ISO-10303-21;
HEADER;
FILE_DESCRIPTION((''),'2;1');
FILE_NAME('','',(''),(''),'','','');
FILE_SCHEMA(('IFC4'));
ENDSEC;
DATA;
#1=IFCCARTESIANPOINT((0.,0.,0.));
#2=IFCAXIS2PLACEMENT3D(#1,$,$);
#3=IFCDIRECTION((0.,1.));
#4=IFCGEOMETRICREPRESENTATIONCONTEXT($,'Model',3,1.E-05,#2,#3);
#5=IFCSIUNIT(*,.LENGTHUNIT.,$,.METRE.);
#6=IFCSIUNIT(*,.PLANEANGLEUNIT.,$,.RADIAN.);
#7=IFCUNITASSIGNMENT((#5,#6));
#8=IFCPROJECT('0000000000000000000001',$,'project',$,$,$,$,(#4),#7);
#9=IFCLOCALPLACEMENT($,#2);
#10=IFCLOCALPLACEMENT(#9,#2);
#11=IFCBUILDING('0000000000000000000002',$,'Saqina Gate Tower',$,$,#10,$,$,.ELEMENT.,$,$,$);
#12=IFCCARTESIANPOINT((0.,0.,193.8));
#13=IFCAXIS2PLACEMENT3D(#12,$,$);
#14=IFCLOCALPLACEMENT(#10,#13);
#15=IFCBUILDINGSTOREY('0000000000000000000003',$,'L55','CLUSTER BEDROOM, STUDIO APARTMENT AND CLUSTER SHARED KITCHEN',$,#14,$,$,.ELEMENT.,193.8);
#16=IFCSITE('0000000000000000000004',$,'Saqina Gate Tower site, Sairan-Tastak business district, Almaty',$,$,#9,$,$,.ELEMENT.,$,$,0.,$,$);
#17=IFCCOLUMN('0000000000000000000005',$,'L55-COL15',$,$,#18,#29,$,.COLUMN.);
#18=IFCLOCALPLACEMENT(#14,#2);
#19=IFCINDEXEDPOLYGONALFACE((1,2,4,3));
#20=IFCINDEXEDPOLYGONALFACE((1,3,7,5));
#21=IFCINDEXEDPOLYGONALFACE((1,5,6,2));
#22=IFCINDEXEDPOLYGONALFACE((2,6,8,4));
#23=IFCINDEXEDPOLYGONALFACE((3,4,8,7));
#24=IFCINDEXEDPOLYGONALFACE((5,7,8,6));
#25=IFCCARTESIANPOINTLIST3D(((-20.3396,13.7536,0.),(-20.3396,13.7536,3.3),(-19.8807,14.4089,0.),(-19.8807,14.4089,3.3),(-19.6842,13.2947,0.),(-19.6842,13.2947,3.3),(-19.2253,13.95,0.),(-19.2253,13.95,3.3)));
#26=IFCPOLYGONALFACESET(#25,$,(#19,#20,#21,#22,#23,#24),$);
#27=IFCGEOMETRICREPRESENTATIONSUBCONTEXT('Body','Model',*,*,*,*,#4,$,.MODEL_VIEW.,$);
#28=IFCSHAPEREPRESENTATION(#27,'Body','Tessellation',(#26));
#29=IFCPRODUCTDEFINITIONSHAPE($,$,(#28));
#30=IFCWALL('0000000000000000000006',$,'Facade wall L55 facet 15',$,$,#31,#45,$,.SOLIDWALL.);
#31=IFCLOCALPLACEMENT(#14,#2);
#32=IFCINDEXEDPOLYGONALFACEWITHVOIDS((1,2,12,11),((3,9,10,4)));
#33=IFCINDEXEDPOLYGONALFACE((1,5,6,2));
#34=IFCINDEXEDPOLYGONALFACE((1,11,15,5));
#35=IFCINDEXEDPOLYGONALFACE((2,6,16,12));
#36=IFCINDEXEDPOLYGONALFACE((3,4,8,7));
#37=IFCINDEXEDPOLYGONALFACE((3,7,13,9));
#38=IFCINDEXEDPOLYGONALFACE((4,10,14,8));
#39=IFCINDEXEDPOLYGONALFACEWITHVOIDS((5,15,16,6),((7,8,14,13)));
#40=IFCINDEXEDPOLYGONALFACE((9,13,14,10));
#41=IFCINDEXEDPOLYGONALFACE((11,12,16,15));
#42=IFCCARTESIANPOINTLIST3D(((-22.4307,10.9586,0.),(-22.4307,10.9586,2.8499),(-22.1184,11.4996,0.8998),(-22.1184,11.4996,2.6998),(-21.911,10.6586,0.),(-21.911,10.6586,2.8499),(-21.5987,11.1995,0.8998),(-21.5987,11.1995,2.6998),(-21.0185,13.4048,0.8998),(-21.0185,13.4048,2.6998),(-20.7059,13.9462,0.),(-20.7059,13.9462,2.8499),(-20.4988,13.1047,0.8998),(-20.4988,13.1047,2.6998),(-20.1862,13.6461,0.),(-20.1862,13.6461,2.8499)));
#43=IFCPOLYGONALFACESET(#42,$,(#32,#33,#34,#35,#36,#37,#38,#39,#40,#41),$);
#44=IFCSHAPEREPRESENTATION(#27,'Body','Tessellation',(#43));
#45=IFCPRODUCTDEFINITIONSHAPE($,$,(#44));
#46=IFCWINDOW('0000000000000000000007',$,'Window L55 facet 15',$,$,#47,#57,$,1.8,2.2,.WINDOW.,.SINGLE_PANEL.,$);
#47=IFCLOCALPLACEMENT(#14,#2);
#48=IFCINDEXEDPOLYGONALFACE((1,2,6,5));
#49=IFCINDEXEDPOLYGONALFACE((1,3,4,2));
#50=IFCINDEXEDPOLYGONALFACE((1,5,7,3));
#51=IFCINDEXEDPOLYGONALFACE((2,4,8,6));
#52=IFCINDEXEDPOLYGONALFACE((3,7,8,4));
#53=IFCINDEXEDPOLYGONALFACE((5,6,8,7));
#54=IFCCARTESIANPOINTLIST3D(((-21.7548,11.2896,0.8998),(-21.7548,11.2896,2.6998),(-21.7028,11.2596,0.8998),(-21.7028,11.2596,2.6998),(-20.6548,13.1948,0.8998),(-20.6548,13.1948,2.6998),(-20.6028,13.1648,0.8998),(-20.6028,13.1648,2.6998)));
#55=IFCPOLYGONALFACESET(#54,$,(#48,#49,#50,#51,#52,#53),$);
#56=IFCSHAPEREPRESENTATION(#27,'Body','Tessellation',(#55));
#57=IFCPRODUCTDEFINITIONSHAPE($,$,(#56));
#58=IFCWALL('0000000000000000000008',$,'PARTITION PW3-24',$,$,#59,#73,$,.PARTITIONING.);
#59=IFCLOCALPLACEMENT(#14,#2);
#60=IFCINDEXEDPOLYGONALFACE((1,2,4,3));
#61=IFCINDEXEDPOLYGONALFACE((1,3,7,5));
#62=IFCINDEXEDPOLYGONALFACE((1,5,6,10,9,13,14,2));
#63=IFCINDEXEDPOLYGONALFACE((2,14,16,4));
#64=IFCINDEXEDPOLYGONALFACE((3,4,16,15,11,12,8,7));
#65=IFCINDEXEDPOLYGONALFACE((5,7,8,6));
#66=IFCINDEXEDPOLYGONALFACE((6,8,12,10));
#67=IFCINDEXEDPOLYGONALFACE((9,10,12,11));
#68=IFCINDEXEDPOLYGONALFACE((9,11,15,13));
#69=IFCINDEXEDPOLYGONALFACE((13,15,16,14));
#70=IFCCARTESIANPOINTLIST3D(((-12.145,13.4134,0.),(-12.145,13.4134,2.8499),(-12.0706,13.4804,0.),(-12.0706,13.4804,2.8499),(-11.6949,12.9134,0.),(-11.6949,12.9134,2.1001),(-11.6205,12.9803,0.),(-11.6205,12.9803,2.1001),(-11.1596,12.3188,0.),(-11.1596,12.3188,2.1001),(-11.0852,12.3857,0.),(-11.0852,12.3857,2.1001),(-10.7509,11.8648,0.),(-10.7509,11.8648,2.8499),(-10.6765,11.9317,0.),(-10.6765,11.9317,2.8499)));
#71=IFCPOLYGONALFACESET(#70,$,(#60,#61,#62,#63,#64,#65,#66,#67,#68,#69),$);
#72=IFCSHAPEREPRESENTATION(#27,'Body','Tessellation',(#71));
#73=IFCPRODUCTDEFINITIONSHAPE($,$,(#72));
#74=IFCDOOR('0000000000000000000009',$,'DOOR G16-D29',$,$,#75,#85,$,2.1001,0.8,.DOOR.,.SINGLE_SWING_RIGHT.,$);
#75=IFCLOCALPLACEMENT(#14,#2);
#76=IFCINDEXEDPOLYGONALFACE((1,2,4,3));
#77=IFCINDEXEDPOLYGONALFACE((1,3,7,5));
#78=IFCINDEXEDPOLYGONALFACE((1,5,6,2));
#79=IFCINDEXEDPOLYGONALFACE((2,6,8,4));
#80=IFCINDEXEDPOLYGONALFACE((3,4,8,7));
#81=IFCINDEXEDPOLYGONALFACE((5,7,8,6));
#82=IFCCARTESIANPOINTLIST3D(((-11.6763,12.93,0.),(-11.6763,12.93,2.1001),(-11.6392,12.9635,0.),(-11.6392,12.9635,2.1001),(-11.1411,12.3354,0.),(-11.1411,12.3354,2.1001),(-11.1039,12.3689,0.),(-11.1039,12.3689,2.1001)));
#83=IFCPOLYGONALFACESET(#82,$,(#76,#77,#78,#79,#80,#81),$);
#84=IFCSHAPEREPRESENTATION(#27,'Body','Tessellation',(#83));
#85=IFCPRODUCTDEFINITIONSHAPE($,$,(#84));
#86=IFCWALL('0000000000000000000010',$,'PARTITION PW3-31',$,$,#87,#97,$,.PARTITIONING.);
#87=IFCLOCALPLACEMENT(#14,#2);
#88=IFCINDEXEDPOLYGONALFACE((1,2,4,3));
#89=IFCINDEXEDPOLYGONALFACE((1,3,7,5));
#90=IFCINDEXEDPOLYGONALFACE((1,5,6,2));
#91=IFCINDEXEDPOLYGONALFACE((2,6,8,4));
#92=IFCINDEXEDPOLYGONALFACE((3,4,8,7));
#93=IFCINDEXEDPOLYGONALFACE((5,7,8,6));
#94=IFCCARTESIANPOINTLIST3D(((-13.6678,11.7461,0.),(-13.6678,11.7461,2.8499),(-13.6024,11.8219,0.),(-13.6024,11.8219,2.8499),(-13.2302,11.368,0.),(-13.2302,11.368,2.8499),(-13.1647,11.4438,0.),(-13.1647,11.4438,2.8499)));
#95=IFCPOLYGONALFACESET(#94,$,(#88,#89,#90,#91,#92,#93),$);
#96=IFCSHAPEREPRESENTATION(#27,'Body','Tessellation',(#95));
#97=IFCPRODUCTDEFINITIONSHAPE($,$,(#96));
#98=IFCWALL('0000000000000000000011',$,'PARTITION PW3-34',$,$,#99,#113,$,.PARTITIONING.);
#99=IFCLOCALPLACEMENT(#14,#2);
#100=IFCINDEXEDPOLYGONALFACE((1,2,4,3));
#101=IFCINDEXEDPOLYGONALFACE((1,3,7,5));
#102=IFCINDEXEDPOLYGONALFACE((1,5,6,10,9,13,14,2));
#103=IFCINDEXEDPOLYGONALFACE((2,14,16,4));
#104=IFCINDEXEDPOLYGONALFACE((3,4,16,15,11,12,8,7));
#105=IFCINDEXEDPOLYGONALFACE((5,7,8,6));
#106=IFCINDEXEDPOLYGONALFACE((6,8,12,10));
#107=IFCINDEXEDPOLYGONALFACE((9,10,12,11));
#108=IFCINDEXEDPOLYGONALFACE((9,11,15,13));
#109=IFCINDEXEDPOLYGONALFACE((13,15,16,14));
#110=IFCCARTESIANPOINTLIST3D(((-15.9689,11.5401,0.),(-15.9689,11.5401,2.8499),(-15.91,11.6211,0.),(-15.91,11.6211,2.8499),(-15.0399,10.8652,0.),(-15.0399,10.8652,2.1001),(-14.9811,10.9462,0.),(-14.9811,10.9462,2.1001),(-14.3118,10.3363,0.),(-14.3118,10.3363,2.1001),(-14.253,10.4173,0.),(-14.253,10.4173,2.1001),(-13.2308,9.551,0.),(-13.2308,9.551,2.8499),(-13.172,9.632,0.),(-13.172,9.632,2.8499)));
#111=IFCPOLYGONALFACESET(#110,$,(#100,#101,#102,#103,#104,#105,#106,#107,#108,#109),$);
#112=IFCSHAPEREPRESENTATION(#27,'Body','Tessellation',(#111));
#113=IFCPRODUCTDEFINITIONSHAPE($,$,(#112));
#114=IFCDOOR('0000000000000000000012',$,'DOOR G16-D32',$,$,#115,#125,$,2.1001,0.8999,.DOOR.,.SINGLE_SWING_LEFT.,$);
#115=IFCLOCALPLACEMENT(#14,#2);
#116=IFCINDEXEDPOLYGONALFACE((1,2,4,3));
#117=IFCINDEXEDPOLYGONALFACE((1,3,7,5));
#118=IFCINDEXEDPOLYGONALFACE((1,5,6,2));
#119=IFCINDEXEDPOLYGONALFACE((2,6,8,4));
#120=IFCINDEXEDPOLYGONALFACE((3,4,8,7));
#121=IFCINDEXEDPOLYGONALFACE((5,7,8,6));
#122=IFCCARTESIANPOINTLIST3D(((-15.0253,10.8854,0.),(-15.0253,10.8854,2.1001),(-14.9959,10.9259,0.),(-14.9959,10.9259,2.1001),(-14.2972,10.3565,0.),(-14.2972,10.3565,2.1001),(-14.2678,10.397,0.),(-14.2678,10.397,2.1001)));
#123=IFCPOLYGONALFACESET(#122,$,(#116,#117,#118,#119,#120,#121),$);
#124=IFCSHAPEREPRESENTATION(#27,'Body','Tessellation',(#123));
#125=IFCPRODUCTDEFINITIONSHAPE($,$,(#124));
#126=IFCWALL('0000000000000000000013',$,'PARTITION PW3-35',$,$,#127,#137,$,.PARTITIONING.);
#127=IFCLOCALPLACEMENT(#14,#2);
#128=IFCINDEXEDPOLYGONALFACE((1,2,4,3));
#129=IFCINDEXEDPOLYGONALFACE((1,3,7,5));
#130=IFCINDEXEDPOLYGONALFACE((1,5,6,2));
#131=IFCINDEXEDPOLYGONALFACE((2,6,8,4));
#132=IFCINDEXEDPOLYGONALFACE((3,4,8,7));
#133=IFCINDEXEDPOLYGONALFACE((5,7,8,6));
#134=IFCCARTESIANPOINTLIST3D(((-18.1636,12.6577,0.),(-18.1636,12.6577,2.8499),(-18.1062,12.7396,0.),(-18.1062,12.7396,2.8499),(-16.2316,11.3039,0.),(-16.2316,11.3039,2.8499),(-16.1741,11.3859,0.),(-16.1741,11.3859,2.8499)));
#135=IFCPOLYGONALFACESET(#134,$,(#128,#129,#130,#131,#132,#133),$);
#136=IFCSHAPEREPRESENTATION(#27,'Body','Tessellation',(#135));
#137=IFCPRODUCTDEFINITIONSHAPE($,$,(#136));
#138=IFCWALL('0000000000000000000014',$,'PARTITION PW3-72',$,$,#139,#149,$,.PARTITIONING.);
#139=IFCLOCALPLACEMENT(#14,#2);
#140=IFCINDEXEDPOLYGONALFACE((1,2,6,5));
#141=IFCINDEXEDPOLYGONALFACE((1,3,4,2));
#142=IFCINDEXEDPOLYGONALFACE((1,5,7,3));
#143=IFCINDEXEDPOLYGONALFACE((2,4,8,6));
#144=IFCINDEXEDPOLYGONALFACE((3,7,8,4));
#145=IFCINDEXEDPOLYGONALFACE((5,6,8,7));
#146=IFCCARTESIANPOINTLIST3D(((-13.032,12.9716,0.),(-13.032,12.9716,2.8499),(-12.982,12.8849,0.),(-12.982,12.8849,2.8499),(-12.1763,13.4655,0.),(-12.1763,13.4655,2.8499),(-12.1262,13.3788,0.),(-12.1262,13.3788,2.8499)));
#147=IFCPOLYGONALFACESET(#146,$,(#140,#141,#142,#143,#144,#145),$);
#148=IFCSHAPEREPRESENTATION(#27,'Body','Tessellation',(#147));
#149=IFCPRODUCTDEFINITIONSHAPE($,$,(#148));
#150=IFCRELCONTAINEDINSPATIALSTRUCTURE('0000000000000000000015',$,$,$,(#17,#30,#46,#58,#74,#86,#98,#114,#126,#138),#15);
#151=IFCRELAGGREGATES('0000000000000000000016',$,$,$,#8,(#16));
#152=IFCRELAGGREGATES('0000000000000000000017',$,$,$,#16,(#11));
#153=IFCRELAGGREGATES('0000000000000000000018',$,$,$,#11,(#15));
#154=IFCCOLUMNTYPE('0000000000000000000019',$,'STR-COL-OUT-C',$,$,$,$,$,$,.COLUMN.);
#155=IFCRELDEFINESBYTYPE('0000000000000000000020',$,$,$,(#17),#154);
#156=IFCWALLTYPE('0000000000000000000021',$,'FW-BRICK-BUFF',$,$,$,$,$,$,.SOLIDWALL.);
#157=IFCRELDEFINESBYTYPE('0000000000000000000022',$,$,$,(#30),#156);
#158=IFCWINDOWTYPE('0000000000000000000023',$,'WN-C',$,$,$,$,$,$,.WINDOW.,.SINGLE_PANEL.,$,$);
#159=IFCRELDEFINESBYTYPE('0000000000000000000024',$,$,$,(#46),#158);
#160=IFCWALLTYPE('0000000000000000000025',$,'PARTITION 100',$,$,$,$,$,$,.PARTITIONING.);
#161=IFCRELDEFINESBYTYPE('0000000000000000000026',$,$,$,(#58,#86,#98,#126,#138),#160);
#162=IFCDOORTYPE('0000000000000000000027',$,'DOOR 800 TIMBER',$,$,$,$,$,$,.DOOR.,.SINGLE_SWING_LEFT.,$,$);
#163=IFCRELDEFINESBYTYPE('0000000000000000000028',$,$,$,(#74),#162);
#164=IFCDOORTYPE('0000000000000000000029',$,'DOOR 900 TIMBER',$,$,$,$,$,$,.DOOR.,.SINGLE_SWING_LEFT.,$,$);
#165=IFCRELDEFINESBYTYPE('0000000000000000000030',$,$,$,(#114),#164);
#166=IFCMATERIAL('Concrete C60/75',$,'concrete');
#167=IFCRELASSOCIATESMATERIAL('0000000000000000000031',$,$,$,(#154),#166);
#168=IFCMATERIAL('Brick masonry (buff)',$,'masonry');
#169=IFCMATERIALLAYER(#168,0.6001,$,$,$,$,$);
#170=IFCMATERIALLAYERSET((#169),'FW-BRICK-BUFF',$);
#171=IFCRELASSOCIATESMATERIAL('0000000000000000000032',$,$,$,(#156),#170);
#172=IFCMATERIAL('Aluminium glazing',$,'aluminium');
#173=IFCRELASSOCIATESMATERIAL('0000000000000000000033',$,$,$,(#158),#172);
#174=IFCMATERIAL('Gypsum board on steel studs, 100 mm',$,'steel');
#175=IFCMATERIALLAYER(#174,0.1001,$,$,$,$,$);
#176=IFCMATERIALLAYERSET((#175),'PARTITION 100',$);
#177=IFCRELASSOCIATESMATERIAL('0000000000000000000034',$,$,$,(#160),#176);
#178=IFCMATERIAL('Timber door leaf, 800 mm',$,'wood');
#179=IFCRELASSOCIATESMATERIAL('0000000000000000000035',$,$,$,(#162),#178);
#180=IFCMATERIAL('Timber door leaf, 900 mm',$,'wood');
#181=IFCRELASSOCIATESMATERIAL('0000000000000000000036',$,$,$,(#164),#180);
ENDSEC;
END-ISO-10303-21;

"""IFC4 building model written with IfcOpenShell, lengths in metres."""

from ifc_helpers import new_model, si_unit, direction, frame, frame_2d, origin, origin_2d, place, context, subcontext, project, spatial, rectangle, extrude, material, layer, layer_set, material_profile, profile_set, type_object, element, fill, save


model = new_model("IFC4")

# Units and contexts
model_context = context("Model", 3, precision=1e-05, world=origin(), true_north=direction((0.0, 1.0)))
body_context = subcontext(model_context, "Body", "Model", "MODEL_VIEW")
ifc_project = project(units=[si_unit("LENGTHUNIT", "METRE"), si_unit("PLANEANGLEUNIT", "RADIAN")], contexts=[model_context])

# Site, building, storey
site_placement = place(None, origin())
site = spatial("IfcSite", under=ifc_project, at=site_placement, Name="Saqina Gate Tower site, Sairan-Tastak business district, Almaty", CompositionType="ELEMENT", RefElevation=0.0)
building_placement = place(site_placement, origin())
building = spatial("IfcBuilding", under=site, at=building_placement, Name="Saqina Gate Tower", CompositionType="ELEMENT")
storey_placement = place(building_placement, frame((0.0, 0.0, 193.8)))
storey = spatial("IfcBuildingStorey", under=building, at=storey_placement, Name="L55", Description="CLUSTER BEDROOM, STUDIO APARTMENT AND CLUSTER SHARED KITCHEN", CompositionType="ELEMENT", Elevation=193.8)

# Column
ifc_material_1 = material(Name="Concrete C60/75", Category="concrete")
ifc_material_profile = material_profile(ifc_material_1, rectangle(XDim=0.8, YDim=0.8, at=origin_2d()), Name="RC 800x800")
ifc_profile_set = profile_set([ifc_material_profile], Name="Concrete C60/75")
column_type = type_object("IfcColumnType", Name="STR-COL-OUT-C", PredefinedType="COLUMN", material=ifc_profile_set)
column_placement = place(storey_placement, frame((-19.7825, 13.8518, 0.0), z_axis=(0.0, 0.0, 1.0), x_axis=(-0.819152, 0.573576, 0.0)))
element("IfcColumn", 1, at=column_placement, inside=storey, type_object=column_type, Name="L55-COL15", PredefinedType="COLUMN", context=body_context, shape_type="SweptSolid", body=[
    extrude(rectangle(XDim=0.8, YDim=0.8, at=origin_2d()), origin(), (0.0, 0.0, 1.0), 3.3),
])

# Wall, opening, window
ifc_material_2 = material(Name="Brick masonry (buff)", Category="masonry")
ifc_layer_1 = layer(ifc_material_2, 0.6001)
ifc_layer_set_1 = layer_set([ifc_layer_1], Name="FW-BRICK-BUFF")
wall_type_1 = type_object("IfcWallType", Name="FW-BRICK-BUFF", PredefinedType="SOLIDWALL", material=ifc_layer_set_1)
wall_1_placement = place(storey_placement, frame((-20.446, 13.7961, 0.0), z_axis=(0.0, 0.0, 1.0), x_axis=(-0.499998, -0.866026, 0.0)))
wall_1 = element("IfcWall", 2, at=wall_1_placement, inside=storey, type_object=wall_type_1, Name="Facade wall L55 facet 15", PredefinedType="SOLIDWALL", context=body_context, shape_type="SweptSolid", body=[
    extrude(rectangle(XDim=3.4497, YDim=0.6001, at=frame_2d((1.7249, 0.0))), origin(), (0.0, 0.0, 1.0), 2.8499),
])
opening_1_placement = place(wall_1_placement, frame((0.625, 0.0, 0.8999)))
opening_1 = element("IfcOpeningElement", 3, at=opening_1_placement, cuts=wall_1, PredefinedType="OPENING", context=body_context, shape_type="SweptSolid", body=[
    extrude(rectangle(XDim=2.2, YDim=1.8, at=frame_2d((1.1001, 0.8999))), frame((0.0, 0.312, 0.0), z_axis=(0.0, -1.0, 0.0), x_axis=(1.0, 0.0, 0.0)), (0.0, 0.0, 1.0), 0.624),
])
ifc_material_3 = material(Name="Aluminium glazing", Category="aluminium")
window_type = type_object("IfcWindowType", Name="WN-C", PartitioningType="SINGLE_PANEL", PredefinedType="WINDOW", material=ifc_material_3)
window_placement = place(opening_1_placement, origin())
window = element("IfcWindow", 4, at=window_placement, inside=storey, type_object=window_type, Name="Window L55 facet 15", OverallHeight=1.8, OverallWidth=2.2, PartitioningType="SINGLE_PANEL", PredefinedType="WINDOW", context=body_context, shape_type="SweptSolid", body=[
    extrude(rectangle(XDim=2.2, YDim=1.8, at=frame_2d((1.1001, 0.8999))), frame((0.0, 0.1799, 0.0), z_axis=(0.0, -1.0, 0.0), x_axis=(1.0, 0.0, 0.0)), (0.0, 0.0, 1.0), 0.0601),
])
fill(opening_1, window)

# Wall, opening, door
ifc_material_4 = material(Name="Gypsum board on steel studs, 100 mm", Category="steel")
ifc_layer_2 = layer(ifc_material_4, 0.1001)
ifc_layer_set_2 = layer_set([ifc_layer_2], Name="PARTITION 100")
wall_type_2 = type_object("IfcWallType", Name="PARTITION 100", PredefinedType="PARTITIONING", material=ifc_layer_set_2)
wall_2_placement = place(storey_placement, frame((-12.1079, 13.447, 0.0), z_axis=(0.0, 0.0, 1.0), x_axis=(0.669049, -0.743218, 0.0)))
wall_2 = element("IfcWall", 5, at=wall_2_placement, inside=storey, type_object=wall_type_2, Name="PARTITION PW3-24", PredefinedType="PARTITIONING", context=body_context, shape_type="SweptSolid", body=[
    extrude(rectangle(XDim=2.0837, YDim=0.1001, at=frame_2d((1.042, 0.0))), origin(), (0.0, 0.0, 1.0), 2.8499),
])
opening_2_placement = place(wall_2_placement, frame((0.6731, 0.0, 0.0)))
opening_2 = element("IfcOpeningElement", 6, at=opening_2_placement, cuts=wall_2, PredefinedType="OPENING", context=body_context, shape_type="SweptSolid", body=[
    extrude(rectangle(XDim=0.8, YDim=2.1001, at=frame_2d((0.3999, 1.05))), frame((0.0, 0.062, 0.0), z_axis=(0.0, -1.0, 0.0), x_axis=(1.0, 0.0, 0.0)), (0.0, 0.0, 1.0), 0.124),
])
ifc_material_5 = material(Name="Timber door leaf, 800 mm", Category="wood")
door_type_1 = type_object("IfcDoorType", Name="DOOR 800 TIMBER", OperationType="SINGLE_SWING_LEFT", PredefinedType="DOOR", material=ifc_material_5)
door_1_placement = place(opening_2_placement, origin())
door_1 = element("IfcDoor", 7, at=door_1_placement, inside=storey, type_object=door_type_1, Name="DOOR G16-D29", OperationType="SINGLE_SWING_RIGHT", OverallHeight=2.1001, OverallWidth=0.8, PredefinedType="DOOR", context=body_context, shape_type="SweptSolid", body=[
    extrude(rectangle(XDim=0.8, YDim=2.1001, at=frame_2d((0.3999, 1.05))), frame((0.0, 0.0249, 0.0), z_axis=(0.0, -1.0, 0.0), x_axis=(1.0, 0.0, 0.0)), (0.0, 0.0, 1.0), 0.05),
])
fill(opening_2, door_1)

# Wall
wall_3_placement = place(storey_placement, frame((-13.635, 11.7839, 0.0), z_axis=(0.0, 0.0, 1.0), x_axis=(0.756719, -0.653741, 0.0)))
element("IfcWall", 8, at=wall_3_placement, inside=storey, type_object=wall_type_2, Name="PARTITION PW3-31", PredefinedType="PARTITIONING", context=body_context, shape_type="SweptSolid", body=[
    extrude(rectangle(XDim=0.5784, YDim=0.1001, at=frame_2d((0.2891, 0.0))), origin(), (0.0, 0.0, 1.0), 2.8499),
])

# Wall, opening, door
wall_4_placement = place(storey_placement, frame((-15.9395, 11.5806, 0.0), z_axis=(0.0, 0.0, 1.0), x_axis=(0.809057, -0.58773, 0.0)))
wall_4 = element("IfcWall", 9, at=wall_4_placement, inside=storey, type_object=wall_type_2, Name="PARTITION PW3-34", PredefinedType="PARTITIONING", context=body_context, shape_type="SweptSolid", body=[
    extrude(rectangle(XDim=3.3843, YDim=0.1001, at=frame_2d((1.6921, 0.0))), origin(), (0.0, 0.0, 1.0), 2.8499),
])
opening_3_placement = place(wall_4_placement, frame((1.1482, 0.0, 0.0)))
opening_3 = element("IfcOpeningElement", 10, at=opening_3_placement, cuts=wall_4, PredefinedType="OPENING", context=body_context, shape_type="SweptSolid", body=[
    extrude(rectangle(XDim=0.8999, YDim=2.1001, at=frame_2d((0.45, 1.05))), frame((0.0, 0.062, 0.0), z_axis=(0.0, -1.0, 0.0), x_axis=(1.0, 0.0, 0.0)), (0.0, 0.0, 1.0), 0.124),
])
ifc_material_6 = material(Name="Timber door leaf, 900 mm", Category="wood")
door_type_2 = type_object("IfcDoorType", Name="DOOR 900 TIMBER", OperationType="SINGLE_SWING_LEFT", PredefinedType="DOOR", material=ifc_material_6)
door_2_placement = place(opening_3_placement, origin())
door_2 = element("IfcDoor", 11, at=door_2_placement, inside=storey, type_object=door_type_2, Name="DOOR G16-D32", OperationType="SINGLE_SWING_LEFT", OverallHeight=2.1001, OverallWidth=0.8999, PredefinedType="DOOR", context=body_context, shape_type="SweptSolid", body=[
    extrude(rectangle(XDim=0.8999, YDim=2.1001, at=frame_2d((0.45, 1.05))), frame((0.0, 0.0249, 0.0), z_axis=(0.0, -1.0, 0.0), x_axis=(1.0, 0.0, 0.0)), (0.0, 0.0, 1.0), 0.05),
])
fill(opening_3, door_2)

# Walls
wall_5_placement = place(storey_placement, frame((-18.135, 12.6987, 0.0), z_axis=(0.0, 0.0, 1.0), x_axis=(0.818979, -0.573823, 0.0)))
element("IfcWall", 12, at=wall_5_placement, inside=storey, type_object=wall_type_2, Name="PARTITION PW3-35", PredefinedType="PARTITIONING", context=body_context, shape_type="SweptSolid", body=[
    extrude(rectangle(XDim=2.3591, YDim=0.1001, at=frame_2d((1.1797, 0.0))), origin(), (0.0, 0.0, 1.0), 2.8499),
])
wall_6_placement = place(storey_placement, frame((-13.0071, 12.9282, 0.0), z_axis=(0.0, 0.0, 1.0), x_axis=(0.866091, 0.499886, 0.0)))
element("IfcWall", 13, at=wall_6_placement, inside=storey, type_object=wall_type_2, Name="PARTITION PW3-72", PredefinedType="PARTITIONING", context=body_context, shape_type="SweptSolid", body=[
    extrude(rectangle(XDim=0.988, YDim=0.1001, at=frame_2d((0.4941, 0.0))), origin(), (0.0, 0.0, 1.0), 2.8499),
])

save(model, "model.ifc")
